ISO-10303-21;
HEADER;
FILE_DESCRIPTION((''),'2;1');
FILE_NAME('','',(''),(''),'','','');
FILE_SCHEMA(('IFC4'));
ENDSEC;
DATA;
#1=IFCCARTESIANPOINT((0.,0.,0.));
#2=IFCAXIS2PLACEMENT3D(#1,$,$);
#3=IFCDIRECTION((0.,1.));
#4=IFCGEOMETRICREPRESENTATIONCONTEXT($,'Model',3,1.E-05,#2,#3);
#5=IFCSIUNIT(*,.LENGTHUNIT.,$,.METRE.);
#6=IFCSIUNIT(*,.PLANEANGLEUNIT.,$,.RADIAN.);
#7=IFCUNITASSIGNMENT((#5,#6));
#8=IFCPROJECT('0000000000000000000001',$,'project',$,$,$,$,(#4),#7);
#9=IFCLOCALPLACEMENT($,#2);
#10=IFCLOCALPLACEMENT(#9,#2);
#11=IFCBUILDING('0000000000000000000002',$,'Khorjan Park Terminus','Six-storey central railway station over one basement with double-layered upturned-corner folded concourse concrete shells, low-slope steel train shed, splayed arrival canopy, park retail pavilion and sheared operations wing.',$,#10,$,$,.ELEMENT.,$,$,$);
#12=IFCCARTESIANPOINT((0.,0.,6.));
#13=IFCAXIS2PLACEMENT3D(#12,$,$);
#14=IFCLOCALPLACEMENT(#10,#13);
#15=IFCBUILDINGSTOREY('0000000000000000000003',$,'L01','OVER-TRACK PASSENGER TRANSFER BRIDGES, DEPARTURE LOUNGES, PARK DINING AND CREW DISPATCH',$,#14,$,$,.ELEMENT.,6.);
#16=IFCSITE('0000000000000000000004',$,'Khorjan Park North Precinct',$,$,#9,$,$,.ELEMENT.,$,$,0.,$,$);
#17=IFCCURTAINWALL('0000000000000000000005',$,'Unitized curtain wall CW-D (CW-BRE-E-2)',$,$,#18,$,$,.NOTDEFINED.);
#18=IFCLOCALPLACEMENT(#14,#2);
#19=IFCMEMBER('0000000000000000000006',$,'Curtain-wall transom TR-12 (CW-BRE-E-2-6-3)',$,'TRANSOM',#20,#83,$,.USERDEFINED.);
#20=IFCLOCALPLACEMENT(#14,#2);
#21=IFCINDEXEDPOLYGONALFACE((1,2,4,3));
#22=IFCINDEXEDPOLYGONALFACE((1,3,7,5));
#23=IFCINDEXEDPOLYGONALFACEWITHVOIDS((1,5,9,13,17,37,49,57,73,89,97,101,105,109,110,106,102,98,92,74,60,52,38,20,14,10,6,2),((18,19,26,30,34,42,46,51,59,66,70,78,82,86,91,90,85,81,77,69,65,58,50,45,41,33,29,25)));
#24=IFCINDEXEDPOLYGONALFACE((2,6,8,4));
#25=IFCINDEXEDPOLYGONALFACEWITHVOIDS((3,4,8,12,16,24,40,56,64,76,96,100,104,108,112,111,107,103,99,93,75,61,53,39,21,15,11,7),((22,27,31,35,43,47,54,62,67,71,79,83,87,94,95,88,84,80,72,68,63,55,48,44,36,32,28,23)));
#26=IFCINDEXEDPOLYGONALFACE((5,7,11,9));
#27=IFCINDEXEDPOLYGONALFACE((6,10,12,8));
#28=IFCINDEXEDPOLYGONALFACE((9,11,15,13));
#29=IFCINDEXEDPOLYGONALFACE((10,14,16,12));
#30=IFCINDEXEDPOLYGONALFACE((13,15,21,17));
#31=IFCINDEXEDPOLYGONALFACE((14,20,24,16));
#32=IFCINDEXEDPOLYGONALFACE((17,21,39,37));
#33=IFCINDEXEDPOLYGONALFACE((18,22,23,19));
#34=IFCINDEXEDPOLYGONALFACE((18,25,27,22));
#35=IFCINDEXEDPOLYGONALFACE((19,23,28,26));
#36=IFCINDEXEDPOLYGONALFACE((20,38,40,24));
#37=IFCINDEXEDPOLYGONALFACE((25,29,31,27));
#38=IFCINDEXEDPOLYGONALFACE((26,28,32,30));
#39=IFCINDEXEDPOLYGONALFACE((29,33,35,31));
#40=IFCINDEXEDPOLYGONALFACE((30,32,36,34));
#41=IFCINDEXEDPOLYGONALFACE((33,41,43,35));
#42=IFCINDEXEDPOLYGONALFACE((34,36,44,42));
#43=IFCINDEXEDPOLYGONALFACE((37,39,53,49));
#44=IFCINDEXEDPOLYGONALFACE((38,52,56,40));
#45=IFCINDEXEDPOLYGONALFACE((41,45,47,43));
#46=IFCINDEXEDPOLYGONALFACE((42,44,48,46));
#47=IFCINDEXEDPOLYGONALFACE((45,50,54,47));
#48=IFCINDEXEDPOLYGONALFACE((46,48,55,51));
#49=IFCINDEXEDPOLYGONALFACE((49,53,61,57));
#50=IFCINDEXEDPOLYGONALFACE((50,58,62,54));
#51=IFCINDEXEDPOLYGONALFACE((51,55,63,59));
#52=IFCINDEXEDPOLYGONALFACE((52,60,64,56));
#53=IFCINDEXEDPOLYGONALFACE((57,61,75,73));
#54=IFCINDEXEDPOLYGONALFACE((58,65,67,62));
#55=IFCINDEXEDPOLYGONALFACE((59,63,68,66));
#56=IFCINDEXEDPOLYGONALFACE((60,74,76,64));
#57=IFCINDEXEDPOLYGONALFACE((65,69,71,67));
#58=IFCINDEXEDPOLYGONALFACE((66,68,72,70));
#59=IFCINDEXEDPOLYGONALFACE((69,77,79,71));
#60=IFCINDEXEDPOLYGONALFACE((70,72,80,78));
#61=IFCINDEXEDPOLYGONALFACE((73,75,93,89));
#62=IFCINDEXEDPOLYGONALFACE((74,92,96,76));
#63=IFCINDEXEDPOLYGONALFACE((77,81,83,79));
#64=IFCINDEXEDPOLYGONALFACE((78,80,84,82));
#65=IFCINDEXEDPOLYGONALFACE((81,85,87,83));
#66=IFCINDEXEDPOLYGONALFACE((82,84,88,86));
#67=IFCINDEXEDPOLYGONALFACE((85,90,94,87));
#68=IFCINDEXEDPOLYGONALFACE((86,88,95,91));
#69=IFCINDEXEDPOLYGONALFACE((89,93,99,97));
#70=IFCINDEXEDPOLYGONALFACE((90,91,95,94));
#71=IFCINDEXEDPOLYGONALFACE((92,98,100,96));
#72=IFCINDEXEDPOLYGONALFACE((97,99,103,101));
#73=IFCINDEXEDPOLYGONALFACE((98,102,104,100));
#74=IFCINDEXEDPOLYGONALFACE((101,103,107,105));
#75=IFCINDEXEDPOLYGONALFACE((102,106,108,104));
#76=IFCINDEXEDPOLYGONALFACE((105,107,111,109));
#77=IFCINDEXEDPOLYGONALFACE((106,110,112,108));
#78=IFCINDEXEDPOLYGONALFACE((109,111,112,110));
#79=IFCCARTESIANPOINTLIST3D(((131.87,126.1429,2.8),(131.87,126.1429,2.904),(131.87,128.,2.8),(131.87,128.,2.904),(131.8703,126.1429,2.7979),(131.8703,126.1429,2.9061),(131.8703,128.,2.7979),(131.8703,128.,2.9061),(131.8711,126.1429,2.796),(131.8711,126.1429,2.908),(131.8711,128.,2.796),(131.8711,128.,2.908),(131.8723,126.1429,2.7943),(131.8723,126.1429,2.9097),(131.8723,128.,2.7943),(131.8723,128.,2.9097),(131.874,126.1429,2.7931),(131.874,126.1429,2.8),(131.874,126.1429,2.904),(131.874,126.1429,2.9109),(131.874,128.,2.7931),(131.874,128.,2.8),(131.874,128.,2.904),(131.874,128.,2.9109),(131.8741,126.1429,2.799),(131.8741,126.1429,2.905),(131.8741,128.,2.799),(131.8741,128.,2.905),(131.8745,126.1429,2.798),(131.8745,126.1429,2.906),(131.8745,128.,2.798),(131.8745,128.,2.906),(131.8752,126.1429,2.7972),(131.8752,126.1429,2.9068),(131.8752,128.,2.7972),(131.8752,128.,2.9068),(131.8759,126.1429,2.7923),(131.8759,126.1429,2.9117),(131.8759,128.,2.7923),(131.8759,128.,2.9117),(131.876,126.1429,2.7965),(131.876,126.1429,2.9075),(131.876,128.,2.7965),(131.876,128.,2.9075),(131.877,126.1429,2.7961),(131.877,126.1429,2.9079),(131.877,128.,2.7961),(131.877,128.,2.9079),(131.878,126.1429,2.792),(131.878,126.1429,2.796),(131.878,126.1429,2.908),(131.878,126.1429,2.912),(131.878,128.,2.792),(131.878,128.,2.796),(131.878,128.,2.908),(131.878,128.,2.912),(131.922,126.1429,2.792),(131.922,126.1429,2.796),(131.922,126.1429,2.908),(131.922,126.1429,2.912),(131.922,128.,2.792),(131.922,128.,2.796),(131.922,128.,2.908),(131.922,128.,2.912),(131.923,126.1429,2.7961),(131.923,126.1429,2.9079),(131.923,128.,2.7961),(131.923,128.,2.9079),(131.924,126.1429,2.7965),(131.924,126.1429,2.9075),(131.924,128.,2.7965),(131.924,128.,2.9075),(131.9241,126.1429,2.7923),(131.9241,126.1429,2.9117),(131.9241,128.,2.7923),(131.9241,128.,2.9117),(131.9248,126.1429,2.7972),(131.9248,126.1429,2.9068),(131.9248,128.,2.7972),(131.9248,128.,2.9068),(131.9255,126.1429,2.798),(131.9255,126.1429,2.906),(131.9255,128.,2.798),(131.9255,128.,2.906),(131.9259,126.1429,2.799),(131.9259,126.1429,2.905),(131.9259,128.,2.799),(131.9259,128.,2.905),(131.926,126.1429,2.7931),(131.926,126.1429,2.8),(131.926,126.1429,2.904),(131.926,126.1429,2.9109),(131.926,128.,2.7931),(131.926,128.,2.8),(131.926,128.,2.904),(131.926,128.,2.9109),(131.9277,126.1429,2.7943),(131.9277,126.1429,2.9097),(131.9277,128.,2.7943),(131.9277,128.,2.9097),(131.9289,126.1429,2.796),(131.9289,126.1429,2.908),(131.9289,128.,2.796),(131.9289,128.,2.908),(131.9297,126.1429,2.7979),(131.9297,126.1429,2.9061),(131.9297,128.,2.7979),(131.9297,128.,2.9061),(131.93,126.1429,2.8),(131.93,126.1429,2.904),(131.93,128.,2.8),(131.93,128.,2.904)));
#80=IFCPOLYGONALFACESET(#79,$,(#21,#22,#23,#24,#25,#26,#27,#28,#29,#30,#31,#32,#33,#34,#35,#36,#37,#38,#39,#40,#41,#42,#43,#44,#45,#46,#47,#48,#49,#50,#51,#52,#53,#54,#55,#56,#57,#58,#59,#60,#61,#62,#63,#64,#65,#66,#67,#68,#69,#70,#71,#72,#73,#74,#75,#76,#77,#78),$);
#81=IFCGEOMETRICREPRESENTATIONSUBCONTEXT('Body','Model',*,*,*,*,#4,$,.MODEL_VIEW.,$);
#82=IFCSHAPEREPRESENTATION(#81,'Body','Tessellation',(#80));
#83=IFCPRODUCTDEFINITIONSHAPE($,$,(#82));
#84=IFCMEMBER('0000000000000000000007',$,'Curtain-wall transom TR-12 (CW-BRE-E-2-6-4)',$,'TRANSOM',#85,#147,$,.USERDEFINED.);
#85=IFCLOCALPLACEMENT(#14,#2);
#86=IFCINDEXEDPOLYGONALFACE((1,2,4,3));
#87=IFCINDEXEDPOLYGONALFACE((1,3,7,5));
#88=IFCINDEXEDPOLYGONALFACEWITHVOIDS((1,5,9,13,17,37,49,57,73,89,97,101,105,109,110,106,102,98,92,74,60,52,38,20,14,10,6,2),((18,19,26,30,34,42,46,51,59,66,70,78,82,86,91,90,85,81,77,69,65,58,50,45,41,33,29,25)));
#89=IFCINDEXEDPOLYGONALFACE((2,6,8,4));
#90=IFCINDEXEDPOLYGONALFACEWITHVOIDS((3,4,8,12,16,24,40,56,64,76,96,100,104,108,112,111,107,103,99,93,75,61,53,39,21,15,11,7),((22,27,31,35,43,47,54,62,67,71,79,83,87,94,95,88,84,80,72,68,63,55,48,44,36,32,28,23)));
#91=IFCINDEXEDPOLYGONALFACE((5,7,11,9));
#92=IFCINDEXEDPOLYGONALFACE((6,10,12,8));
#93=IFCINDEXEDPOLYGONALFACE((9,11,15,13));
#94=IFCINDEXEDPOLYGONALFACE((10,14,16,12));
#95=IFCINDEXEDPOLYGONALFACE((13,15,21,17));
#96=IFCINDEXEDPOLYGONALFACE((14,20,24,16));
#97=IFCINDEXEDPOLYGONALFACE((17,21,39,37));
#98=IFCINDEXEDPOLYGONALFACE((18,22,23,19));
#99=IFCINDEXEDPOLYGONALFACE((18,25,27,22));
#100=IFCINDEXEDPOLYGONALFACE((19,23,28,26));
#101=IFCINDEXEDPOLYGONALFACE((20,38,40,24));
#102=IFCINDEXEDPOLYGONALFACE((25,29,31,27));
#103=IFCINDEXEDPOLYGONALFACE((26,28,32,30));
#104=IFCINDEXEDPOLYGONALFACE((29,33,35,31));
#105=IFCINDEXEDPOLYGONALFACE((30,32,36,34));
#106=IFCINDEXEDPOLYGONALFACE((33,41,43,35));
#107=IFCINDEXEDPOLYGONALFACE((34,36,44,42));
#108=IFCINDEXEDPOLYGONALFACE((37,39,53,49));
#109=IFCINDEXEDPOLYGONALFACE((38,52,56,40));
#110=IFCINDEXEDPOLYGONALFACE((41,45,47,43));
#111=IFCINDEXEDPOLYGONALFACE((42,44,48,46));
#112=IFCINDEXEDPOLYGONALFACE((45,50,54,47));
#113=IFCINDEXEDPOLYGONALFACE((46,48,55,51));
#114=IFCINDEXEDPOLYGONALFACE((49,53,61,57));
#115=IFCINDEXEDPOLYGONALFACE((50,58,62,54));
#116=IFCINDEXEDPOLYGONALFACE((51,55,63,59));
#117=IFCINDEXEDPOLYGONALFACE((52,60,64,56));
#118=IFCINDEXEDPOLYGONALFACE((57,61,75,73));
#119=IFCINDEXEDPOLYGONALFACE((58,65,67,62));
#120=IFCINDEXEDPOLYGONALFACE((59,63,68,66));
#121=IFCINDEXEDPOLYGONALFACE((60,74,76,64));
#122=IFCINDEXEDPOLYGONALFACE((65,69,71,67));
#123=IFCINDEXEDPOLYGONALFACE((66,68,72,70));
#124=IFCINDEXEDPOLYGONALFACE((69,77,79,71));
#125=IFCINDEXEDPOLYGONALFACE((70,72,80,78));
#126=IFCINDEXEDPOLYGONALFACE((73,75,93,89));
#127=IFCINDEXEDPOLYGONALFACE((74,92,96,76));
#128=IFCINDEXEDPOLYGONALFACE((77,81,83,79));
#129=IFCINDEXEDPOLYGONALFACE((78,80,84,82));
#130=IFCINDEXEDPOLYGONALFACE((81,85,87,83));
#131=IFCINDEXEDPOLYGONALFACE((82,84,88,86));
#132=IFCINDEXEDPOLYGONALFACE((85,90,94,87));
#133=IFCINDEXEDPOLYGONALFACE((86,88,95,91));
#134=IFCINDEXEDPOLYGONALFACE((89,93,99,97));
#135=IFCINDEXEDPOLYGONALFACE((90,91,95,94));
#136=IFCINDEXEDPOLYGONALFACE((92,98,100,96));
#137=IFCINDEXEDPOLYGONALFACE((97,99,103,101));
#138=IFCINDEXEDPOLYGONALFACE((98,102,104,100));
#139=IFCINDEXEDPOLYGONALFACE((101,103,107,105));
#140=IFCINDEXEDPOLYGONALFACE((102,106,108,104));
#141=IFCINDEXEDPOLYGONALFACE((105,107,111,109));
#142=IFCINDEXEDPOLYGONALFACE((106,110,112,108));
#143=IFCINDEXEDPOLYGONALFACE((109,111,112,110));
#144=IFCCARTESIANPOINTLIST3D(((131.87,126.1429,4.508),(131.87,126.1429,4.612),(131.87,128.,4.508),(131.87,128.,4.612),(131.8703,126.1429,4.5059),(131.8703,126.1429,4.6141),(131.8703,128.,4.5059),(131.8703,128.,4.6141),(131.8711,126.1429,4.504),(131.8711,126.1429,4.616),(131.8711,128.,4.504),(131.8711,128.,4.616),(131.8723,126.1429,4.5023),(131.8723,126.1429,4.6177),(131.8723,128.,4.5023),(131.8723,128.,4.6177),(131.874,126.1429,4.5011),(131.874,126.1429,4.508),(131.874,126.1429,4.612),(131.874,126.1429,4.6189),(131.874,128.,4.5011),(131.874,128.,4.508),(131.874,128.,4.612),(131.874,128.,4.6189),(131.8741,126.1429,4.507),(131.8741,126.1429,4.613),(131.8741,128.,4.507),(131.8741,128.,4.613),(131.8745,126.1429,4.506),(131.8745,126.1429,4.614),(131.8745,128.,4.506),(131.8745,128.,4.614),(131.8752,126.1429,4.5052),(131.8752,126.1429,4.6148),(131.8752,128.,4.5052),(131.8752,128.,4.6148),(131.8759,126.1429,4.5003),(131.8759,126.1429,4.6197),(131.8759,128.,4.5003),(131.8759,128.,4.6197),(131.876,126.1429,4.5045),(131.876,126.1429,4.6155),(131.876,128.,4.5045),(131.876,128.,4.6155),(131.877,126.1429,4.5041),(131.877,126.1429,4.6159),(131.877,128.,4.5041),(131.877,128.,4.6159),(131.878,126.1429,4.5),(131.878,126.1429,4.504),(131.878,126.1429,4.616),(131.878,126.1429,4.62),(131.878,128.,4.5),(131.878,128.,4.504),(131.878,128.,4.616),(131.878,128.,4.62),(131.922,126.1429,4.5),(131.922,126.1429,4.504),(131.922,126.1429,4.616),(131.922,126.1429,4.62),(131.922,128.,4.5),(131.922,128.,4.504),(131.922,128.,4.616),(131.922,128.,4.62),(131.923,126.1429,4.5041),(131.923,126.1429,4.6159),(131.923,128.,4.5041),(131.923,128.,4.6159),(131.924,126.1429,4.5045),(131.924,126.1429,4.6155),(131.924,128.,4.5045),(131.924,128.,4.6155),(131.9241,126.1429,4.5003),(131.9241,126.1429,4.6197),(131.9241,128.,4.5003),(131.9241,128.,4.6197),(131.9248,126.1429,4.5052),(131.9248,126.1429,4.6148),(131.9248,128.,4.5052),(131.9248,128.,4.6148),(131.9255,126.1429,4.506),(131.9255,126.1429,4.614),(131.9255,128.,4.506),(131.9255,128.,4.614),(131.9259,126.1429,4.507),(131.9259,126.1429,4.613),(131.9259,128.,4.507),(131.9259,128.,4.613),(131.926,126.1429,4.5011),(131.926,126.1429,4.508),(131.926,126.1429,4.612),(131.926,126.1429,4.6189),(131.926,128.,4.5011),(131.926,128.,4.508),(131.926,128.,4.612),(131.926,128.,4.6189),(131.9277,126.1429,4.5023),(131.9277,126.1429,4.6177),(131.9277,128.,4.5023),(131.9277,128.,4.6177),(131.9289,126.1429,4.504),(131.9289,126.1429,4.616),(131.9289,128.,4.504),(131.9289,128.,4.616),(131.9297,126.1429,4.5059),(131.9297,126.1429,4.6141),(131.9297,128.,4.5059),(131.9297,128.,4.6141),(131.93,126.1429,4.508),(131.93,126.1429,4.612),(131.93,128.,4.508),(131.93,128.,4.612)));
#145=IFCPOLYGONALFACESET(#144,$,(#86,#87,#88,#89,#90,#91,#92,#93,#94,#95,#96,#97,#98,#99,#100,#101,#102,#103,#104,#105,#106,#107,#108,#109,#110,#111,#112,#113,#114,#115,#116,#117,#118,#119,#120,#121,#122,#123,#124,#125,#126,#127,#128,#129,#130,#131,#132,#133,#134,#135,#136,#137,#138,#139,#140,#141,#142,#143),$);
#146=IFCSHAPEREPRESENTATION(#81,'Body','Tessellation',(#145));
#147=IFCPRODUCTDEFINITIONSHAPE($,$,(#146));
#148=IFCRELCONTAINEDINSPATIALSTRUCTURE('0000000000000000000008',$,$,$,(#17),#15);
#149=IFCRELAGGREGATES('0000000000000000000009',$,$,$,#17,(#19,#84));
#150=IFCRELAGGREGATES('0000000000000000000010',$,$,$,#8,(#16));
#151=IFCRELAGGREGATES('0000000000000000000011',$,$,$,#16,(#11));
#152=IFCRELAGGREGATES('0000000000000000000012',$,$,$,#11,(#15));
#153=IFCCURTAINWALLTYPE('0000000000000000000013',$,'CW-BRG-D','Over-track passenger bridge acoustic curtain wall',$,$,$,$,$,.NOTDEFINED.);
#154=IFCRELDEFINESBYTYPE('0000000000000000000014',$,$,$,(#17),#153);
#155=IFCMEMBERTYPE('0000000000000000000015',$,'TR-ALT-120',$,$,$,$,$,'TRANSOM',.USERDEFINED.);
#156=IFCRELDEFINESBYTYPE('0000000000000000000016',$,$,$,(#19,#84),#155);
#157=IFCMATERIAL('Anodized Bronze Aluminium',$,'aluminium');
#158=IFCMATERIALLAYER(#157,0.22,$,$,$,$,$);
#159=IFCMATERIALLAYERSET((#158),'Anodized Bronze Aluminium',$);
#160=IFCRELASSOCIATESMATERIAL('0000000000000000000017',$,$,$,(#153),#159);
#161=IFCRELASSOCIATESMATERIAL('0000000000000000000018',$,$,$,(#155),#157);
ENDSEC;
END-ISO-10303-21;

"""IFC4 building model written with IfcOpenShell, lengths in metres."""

from ifc_helpers import new_model, si_unit, direction, frame, origin, origin_2d, place, context, subcontext, project, spatial, hollow_rectangle, extrude, material, layer, layer_set, material_profile, profile_set, type_object, element, aggregate, save


model = new_model("IFC4")

# Units and contexts
model_context = context("Model", 3, precision=1e-05, world=origin(), true_north=direction((0.0, 1.0)))
body_context = subcontext(model_context, "Body", "Model", "MODEL_VIEW")
ifc_project = project(units=[si_unit("LENGTHUNIT", "METRE"), si_unit("PLANEANGLEUNIT", "RADIAN")], contexts=[model_context])

# Site, building, storey
site_placement = place(None, origin())
site = spatial("IfcSite", under=ifc_project, at=site_placement, Name="Khorjan Park North Precinct", CompositionType="ELEMENT", RefElevation=0.0)
building_placement = place(site_placement, origin())
building = spatial("IfcBuilding", under=site, at=building_placement, Name="Khorjan Park Terminus", Description="Six-storey central railway station over one basement with double-layered upturned-corner folded concourse concrete shells, low-slope steel train shed, splayed arrival canopy, park retail pavilion and sheared operations wing.", CompositionType="ELEMENT")
storey_placement = place(building_placement, frame((0.0, 0.0, 6.0)))
storey = spatial("IfcBuildingStorey", under=building, at=storey_placement, Name="L01", Description="OVER-TRACK PASSENGER TRANSFER BRIDGES, DEPARTURE LOUNGES, PARK DINING AND CREW DISPATCH", CompositionType="ELEMENT", Elevation=6.0)

# Curtain wall
ifc_material_1 = material(Name="Anodized Bronze Aluminium", Category="aluminium")
ifc_layer_1 = layer(ifc_material_1, 0.22)
ifc_layer_set_1 = layer_set([ifc_layer_1], Name="Anodized Bronze Aluminium")
curtain_wall_type = type_object("IfcCurtainWallType", Name="CW-BRG-D", Description="Over-track passenger bridge acoustic curtain wall", PredefinedType="NOTDEFINED", material=ifc_layer_set_1)
curtain_wall_1_placement = place(storey_placement, origin())
curtain_wall_1 = element("IfcCurtainWall", 1, at=curtain_wall_1_placement, inside=storey, type_object=curtain_wall_type, Name="Unitized curtain wall CW-D (CW-BRE-E-2)", PredefinedType="NOTDEFINED")

# Members
ifc_material_profile_1 = material_profile(ifc_material_1, hollow_rectangle(XDim=0.06, YDim=0.12, WallThickness=0.004, InnerFilletRadius=0.004, OuterFilletRadius=0.008, at=origin_2d()), Name="ALT 60x120x4")
ifc_profile_set_1 = profile_set([ifc_material_profile_1], Name="Anodized Bronze Aluminium")
member_type_1 = type_object("IfcMemberType", Name="TR-ALT-120", ElementType="TRANSOM", PredefinedType="USERDEFINED", material=ifc_profile_set_1)
member_1_placement = place(storey_placement, frame((131.9, 126.1429, 2.852), z_axis=(0.0, 1.0, 0.0), x_axis=(-1.0, 0.0, 0.0)))
member_1 = element("IfcMember", 2, at=member_1_placement, type_object=member_type_1, Name="Curtain-wall transom TR-12 (CW-BRE-E-2-6-3)", ObjectType="TRANSOM", PredefinedType="USERDEFINED", context=body_context, shape_type="SweptSolid", body=[
    extrude(hollow_rectangle(XDim=0.06, YDim=0.12, WallThickness=0.004, InnerFilletRadius=0.004, OuterFilletRadius=0.008, at=origin_2d()), origin(), (0.0, 0.0, 1.0), 1.8571),
])
member_2_placement = place(storey_placement, frame((131.9, 126.1429, 4.56), z_axis=(0.0, 1.0, 0.0), x_axis=(-1.0, 0.0, 0.0)))
member_2 = element("IfcMember", 3, at=member_2_placement, type_object=member_type_1, Name="Curtain-wall transom TR-12 (CW-BRE-E-2-6-4)", ObjectType="TRANSOM", PredefinedType="USERDEFINED", context=body_context, shape_type="SweptSolid", body=[
    extrude(hollow_rectangle(XDim=0.06, YDim=0.12, WallThickness=0.004, InnerFilletRadius=0.004, OuterFilletRadius=0.008, at=origin_2d()), origin(), (0.0, 0.0, 1.0), 1.8571),
])

aggregate(curtain_wall_1, [member_1, member_2])

save(model, "model.ifc")
